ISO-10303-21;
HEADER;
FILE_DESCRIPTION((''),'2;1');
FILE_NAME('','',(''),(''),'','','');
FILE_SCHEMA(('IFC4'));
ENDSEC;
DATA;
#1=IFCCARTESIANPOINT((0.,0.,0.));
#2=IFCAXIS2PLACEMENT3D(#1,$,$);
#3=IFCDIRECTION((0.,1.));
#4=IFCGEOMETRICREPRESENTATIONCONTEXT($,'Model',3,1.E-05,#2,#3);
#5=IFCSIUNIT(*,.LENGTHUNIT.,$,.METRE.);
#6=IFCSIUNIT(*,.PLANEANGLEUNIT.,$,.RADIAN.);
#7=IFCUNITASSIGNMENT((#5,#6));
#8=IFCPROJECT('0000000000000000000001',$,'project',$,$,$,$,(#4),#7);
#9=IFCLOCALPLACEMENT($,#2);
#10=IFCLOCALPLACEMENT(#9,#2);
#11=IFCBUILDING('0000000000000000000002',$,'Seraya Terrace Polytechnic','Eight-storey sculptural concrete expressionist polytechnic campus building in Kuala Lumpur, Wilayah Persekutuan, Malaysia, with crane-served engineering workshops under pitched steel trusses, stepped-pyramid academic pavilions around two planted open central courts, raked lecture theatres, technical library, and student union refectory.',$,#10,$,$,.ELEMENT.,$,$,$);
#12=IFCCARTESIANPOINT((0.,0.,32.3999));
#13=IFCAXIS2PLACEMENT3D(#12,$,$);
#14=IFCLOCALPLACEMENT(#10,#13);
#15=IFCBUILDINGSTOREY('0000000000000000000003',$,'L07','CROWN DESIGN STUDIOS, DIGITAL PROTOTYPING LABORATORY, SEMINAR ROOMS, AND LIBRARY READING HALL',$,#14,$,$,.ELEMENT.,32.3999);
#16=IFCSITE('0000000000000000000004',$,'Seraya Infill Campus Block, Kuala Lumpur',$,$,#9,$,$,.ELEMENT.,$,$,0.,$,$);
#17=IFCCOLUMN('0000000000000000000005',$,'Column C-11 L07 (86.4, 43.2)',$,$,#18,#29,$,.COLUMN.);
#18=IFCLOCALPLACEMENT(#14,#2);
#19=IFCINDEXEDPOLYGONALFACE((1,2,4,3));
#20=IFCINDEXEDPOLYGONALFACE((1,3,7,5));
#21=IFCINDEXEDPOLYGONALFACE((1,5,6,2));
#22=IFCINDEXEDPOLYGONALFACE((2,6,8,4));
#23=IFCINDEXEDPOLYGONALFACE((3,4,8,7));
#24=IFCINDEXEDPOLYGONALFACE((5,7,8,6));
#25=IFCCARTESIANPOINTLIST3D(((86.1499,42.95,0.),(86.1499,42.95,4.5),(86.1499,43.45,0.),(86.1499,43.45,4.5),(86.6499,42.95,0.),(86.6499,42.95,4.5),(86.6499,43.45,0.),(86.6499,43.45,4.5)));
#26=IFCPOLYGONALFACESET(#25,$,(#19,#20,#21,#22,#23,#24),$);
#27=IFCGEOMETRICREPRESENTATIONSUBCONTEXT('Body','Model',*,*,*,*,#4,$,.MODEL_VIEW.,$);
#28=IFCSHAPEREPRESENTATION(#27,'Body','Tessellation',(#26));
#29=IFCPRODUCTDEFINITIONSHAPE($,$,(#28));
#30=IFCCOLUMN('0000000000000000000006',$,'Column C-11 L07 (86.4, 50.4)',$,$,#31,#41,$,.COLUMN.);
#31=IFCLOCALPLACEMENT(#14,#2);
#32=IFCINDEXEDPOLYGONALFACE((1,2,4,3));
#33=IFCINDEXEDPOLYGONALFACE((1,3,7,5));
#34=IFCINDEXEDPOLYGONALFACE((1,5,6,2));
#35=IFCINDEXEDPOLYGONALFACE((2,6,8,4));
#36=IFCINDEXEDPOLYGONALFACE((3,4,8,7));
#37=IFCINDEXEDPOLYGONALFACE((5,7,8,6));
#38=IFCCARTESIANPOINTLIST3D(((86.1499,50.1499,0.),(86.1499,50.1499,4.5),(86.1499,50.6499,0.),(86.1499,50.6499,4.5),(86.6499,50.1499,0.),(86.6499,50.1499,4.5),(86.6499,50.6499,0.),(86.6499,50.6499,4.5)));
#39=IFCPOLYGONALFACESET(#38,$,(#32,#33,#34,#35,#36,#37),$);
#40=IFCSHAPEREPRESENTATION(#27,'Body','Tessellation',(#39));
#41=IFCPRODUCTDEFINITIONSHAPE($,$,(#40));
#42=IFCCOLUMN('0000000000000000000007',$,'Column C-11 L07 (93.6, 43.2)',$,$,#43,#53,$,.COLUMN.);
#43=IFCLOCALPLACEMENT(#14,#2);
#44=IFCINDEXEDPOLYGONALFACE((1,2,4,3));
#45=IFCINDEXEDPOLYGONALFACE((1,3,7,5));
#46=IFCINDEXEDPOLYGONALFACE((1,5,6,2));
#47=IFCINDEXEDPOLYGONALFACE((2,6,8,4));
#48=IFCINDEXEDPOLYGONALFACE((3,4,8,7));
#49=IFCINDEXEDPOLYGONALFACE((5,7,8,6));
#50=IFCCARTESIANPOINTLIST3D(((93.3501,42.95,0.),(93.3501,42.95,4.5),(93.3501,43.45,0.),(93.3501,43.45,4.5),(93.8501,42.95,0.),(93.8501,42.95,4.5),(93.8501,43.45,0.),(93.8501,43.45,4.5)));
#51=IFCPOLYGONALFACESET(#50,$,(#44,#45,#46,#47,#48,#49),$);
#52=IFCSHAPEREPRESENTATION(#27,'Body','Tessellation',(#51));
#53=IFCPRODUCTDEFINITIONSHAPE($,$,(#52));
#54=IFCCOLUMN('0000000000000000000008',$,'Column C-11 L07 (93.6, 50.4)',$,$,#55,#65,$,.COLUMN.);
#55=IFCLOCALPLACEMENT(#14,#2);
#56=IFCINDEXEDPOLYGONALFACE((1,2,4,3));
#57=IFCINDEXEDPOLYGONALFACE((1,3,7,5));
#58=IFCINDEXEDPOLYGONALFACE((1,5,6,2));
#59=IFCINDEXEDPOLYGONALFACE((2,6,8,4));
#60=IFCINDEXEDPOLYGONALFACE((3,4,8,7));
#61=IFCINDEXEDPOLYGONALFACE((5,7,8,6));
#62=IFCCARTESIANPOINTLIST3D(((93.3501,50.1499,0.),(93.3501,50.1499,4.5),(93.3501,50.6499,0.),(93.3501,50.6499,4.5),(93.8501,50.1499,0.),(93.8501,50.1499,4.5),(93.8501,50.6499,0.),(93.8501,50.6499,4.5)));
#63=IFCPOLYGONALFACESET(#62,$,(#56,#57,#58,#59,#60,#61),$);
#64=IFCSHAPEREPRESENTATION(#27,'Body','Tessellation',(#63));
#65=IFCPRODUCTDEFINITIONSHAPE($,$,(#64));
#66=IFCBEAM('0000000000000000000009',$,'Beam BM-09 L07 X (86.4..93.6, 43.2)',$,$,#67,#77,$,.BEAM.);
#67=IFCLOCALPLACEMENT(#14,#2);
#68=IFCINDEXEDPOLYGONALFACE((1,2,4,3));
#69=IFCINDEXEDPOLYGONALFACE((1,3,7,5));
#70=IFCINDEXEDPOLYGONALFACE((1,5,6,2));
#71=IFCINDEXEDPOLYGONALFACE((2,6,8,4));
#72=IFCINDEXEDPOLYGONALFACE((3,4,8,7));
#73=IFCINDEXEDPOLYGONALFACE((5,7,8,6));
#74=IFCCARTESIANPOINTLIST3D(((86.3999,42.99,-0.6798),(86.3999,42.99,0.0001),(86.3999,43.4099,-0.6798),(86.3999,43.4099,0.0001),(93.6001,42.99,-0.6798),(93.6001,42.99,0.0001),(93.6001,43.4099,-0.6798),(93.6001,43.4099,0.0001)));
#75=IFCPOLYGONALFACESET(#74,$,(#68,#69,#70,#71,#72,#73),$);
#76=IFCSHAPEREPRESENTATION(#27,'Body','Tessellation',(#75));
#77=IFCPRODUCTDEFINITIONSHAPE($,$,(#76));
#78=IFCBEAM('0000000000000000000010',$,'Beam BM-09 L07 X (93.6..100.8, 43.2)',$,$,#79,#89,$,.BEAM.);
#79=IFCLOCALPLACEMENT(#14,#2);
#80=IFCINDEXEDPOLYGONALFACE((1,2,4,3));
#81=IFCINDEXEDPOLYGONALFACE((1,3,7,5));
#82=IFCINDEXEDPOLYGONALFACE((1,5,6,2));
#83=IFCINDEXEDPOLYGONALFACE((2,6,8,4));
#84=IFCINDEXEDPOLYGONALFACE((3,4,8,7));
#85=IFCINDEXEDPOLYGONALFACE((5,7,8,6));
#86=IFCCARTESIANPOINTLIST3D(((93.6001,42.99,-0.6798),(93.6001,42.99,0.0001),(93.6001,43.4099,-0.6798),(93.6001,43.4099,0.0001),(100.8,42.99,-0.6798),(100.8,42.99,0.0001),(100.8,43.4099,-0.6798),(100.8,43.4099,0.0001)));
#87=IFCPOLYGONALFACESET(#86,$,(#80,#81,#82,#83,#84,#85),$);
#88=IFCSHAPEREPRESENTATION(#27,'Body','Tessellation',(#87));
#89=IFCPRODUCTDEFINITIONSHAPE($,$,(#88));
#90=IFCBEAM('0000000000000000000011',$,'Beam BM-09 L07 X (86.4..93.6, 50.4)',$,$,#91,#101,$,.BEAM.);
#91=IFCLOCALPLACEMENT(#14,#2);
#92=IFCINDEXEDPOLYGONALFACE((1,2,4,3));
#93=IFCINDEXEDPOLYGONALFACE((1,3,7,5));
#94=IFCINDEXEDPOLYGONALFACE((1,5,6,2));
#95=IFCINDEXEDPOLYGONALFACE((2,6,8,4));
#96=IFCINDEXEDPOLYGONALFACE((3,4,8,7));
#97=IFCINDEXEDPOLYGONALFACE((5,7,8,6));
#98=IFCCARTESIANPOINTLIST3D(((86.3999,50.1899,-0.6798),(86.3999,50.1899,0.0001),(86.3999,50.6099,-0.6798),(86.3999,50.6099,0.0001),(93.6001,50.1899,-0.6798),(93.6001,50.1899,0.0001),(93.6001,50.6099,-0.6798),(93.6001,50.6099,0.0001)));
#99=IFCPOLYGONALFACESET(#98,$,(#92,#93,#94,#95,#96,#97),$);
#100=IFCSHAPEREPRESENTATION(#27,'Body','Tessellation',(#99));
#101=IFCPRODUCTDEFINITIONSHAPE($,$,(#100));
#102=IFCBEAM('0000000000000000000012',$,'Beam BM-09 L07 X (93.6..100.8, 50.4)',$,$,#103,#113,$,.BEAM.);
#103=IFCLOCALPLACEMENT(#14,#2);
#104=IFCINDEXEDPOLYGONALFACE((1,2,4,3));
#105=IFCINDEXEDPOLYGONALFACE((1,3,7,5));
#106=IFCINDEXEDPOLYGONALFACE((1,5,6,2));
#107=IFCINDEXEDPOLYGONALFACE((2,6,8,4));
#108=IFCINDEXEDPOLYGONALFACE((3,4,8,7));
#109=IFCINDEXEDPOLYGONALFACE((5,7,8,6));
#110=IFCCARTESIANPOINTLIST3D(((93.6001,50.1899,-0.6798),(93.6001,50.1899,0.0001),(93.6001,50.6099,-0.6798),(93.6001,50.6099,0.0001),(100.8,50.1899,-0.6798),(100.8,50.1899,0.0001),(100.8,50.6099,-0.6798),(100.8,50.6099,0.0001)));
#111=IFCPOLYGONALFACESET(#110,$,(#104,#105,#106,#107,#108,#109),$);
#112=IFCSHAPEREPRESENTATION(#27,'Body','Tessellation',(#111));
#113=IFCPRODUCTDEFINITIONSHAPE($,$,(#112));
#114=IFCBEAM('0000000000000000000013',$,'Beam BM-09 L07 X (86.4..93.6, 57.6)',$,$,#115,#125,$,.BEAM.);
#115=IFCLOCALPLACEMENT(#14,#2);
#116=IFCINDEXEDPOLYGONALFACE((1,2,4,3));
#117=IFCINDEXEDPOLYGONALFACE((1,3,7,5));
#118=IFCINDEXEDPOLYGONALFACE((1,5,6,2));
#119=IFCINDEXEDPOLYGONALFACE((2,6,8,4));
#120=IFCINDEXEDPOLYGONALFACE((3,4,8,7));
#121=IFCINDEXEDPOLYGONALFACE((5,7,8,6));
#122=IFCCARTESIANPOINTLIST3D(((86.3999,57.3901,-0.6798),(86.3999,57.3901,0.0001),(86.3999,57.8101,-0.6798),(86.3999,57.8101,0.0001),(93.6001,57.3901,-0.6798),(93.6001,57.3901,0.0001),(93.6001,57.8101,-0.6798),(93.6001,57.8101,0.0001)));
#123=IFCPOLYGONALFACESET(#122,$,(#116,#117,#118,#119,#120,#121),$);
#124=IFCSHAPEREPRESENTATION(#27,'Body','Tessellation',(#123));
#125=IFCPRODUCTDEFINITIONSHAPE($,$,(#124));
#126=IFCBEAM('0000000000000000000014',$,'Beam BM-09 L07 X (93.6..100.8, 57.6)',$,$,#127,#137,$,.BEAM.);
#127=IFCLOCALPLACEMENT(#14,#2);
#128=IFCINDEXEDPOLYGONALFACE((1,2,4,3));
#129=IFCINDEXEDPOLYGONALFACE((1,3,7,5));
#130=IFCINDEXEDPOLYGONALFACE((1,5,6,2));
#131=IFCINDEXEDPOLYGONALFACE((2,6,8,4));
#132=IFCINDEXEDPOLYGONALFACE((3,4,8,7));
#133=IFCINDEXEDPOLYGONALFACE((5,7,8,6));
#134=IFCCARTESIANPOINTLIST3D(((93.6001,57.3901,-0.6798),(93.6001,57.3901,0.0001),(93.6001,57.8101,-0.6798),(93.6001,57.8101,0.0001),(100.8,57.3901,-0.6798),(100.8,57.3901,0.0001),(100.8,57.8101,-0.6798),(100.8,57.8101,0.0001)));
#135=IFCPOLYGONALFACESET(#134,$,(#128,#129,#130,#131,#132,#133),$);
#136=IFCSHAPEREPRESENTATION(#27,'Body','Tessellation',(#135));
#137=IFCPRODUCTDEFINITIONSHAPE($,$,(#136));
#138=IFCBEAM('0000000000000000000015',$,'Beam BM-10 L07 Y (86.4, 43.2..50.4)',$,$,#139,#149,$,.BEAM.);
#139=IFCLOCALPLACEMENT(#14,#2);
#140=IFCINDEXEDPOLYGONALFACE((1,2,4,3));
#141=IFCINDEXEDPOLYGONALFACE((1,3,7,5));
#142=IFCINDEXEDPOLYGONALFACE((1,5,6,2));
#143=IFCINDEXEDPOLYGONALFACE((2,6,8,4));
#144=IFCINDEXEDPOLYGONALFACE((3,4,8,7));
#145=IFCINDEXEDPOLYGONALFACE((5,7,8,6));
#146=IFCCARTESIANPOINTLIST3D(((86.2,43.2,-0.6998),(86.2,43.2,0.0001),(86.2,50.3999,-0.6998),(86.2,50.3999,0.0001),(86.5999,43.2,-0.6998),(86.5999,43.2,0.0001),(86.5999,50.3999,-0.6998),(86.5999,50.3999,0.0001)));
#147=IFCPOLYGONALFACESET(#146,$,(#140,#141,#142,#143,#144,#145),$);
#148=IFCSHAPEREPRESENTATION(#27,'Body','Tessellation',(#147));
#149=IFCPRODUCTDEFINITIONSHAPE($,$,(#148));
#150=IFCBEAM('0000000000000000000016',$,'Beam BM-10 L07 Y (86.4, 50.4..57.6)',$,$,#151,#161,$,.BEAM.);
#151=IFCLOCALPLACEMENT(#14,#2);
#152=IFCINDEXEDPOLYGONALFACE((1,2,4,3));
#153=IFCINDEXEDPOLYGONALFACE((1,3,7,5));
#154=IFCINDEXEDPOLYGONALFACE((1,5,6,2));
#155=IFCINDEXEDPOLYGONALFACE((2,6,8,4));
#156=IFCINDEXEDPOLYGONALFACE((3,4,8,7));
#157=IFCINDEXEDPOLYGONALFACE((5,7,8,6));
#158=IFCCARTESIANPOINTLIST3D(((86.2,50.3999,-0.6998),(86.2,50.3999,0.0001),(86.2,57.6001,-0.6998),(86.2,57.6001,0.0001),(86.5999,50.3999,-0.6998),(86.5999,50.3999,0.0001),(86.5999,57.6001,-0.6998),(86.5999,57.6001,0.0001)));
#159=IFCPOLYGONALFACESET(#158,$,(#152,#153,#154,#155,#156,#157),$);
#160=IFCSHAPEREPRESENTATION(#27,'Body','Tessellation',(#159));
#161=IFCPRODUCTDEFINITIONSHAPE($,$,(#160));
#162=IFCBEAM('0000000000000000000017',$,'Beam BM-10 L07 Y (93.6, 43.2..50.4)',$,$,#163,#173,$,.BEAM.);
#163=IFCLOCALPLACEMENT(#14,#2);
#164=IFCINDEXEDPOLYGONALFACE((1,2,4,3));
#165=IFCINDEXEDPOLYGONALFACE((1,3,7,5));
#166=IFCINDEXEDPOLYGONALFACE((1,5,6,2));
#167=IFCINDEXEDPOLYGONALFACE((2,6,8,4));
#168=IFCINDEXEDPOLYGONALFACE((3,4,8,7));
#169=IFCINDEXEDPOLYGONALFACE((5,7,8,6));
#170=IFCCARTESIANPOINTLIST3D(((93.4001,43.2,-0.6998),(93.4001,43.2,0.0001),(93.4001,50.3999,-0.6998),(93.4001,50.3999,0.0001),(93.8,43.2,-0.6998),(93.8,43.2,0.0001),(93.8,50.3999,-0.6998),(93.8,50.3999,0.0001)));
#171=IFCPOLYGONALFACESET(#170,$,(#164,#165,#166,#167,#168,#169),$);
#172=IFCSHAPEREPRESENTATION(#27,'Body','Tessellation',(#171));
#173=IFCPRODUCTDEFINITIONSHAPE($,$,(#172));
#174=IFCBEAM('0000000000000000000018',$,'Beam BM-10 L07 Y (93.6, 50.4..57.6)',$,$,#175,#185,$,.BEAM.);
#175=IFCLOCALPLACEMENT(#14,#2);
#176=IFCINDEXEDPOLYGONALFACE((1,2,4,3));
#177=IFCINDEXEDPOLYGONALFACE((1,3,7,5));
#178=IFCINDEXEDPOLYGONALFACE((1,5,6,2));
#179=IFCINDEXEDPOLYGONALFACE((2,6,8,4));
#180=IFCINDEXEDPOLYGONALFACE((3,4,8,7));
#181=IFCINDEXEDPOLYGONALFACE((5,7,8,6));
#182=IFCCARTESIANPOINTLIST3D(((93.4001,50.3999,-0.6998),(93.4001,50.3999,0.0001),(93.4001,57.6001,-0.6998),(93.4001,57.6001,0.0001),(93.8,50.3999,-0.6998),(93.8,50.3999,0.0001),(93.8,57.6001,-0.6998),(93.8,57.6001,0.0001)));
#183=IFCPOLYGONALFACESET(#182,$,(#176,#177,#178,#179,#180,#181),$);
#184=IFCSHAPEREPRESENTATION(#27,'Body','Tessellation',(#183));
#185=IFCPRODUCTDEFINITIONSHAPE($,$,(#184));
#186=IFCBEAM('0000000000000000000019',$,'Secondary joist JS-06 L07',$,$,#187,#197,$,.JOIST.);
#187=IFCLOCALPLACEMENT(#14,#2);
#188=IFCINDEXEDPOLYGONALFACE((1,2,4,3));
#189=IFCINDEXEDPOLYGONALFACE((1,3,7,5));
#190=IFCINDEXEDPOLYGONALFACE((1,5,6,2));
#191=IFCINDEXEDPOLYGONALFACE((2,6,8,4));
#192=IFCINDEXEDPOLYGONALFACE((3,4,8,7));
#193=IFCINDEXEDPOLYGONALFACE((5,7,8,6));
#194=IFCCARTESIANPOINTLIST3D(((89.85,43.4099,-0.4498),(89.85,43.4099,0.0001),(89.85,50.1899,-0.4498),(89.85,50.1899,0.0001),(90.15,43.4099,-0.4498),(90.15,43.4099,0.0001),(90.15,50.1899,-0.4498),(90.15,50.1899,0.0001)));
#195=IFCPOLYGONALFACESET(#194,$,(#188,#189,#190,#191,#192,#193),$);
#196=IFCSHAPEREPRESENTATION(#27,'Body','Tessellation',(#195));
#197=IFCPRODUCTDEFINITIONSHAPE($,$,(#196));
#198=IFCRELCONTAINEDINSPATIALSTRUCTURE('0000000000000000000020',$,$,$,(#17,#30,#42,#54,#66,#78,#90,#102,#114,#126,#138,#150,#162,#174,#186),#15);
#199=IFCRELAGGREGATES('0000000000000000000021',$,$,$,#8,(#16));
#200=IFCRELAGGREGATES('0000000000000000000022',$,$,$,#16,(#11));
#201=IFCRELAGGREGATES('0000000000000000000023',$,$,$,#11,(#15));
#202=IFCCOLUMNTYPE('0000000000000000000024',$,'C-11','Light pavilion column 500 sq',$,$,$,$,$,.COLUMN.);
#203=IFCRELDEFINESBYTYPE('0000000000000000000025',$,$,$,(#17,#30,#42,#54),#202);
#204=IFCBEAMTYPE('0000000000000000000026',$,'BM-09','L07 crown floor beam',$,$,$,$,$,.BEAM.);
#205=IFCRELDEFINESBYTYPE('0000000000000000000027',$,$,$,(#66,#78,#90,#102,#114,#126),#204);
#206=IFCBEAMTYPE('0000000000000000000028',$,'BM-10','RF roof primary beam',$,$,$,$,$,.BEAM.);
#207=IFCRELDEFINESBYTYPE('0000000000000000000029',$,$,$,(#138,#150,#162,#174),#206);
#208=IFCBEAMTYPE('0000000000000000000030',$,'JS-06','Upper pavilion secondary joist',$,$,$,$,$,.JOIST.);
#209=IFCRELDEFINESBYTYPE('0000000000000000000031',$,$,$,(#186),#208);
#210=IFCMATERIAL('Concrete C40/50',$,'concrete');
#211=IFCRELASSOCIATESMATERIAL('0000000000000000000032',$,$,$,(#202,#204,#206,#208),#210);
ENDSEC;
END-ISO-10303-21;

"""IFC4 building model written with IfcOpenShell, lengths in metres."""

from ifc_helpers import new_model, si_unit, direction, frame, origin, origin_2d, place, context, subcontext, project, spatial, rectangle, extrude, material, material_profile, profile_set, type_object, element, save


model = new_model("IFC4")

# Units and contexts
model_context = context("Model", 3, precision=1e-05, world=origin(), true_north=direction((0.0, 1.0)))
body_context = subcontext(model_context, "Body", "Model", "MODEL_VIEW")
ifc_project = project(units=[si_unit("LENGTHUNIT", "METRE"), si_unit("PLANEANGLEUNIT", "RADIAN")], contexts=[model_context])

# Site, building, storey
site_placement = place(None, origin())
site = spatial("IfcSite", under=ifc_project, at=site_placement, Name="Seraya Infill Campus Block, Kuala Lumpur", CompositionType="ELEMENT", RefElevation=0.0)
building_placement = place(site_placement, origin())
building = spatial("IfcBuilding", under=site, at=building_placement, Name="Seraya Terrace Polytechnic", Description="Eight-storey sculptural concrete expressionist polytechnic campus building in Kuala Lumpur, Wilayah Persekutuan, Malaysia, with crane-served engineering workshops under pitched steel trusses, stepped-pyramid academic pavilions around two planted open central courts, raked lecture theatres, technical library, and student union refectory.", CompositionType="ELEMENT")
storey_placement = place(building_placement, frame((0.0, 0.0, 32.3999)))
storey = spatial("IfcBuildingStorey", under=building, at=storey_placement, Name="L07", Description="CROWN DESIGN STUDIOS, DIGITAL PROTOTYPING LABORATORY, SEMINAR ROOMS, AND LIBRARY READING HALL", CompositionType="ELEMENT", Elevation=32.3999)

# Columns
ifc_material_1 = material(Name="Concrete C40/50", Category="concrete")
ifc_material_profile_1 = material_profile(ifc_material_1, rectangle(XDim=0.5, YDim=0.5, at=origin_2d()), Name="RC 500x500")
ifc_profile_set_1 = profile_set([ifc_material_profile_1], Name="Concrete C40/50")
column_type = type_object("IfcColumnType", Name="C-11", Description="Light pavilion column 500 sq", PredefinedType="COLUMN", material=ifc_profile_set_1)
for number, where, z_axis, x_axis, name in (
    (1, (86.3999, 43.2, 0.0), (0.0, 0.0, 1.0), (1.0, 0.0, 0.0), "Column C-11 L07 (86.4, 43.2)"),
    (2, (86.3999, 50.3999, 0.0), (0.0, 0.0, 1.0), (1.0, 0.0, 0.0), "Column C-11 L07 (86.4, 50.4)"),
    (3, (93.6001, 43.2, 0.0), (0.0, 0.0, 1.0), (1.0, 0.0, 0.0), "Column C-11 L07 (93.6, 43.2)"),
    (4, (93.6001, 50.3999, 0.0), (0.0, 0.0, 1.0), (1.0, 0.0, 0.0), "Column C-11 L07 (93.6, 50.4)"),
):
    element("IfcColumn", number, at=place(storey_placement, frame(where, z_axis=z_axis, x_axis=x_axis)), inside=storey, type_object=column_type, Name=name, PredefinedType="COLUMN", context=body_context, shape_type="SweptSolid", body=[
        extrude(rectangle(XDim=0.5, YDim=0.5, at=origin_2d()), origin(), (0.0, 0.0, 1.0), 4.5),
    ])

# Beams
ifc_material_profile_2 = material_profile(ifc_material_1, rectangle(XDim=0.4199, YDim=0.6799, at=origin_2d()), Name="RC 420x680")
ifc_profile_set_2 = profile_set([ifc_material_profile_2], Name="Concrete C40/50")
beam_type_1 = type_object("IfcBeamType", Name="BM-09", Description="L07 crown floor beam", PredefinedType="BEAM", material=ifc_profile_set_2)
beam_1_placement = place(storey_placement, frame((86.3999, 43.2, -0.3398), z_axis=(1.0, 0.0, 0.0), x_axis=(0.0, 1.0, 0.0)))
element("IfcBeam", 5, at=beam_1_placement, inside=storey, type_object=beam_type_1, Name="Beam BM-09 L07 X (86.4..93.6, 43.2)", PredefinedType="BEAM", context=body_context, shape_type="SweptSolid", body=[
    extrude(rectangle(XDim=0.4199, YDim=0.6799, at=origin_2d()), origin(), (0.0, 0.0, 1.0), 7.2002),
])
beam_2_placement = place(storey_placement, frame((93.6001, 43.2, -0.3398), z_axis=(1.0, 0.0, 0.0), x_axis=(0.0, 1.0, 0.0)))
element("IfcBeam", 6, at=beam_2_placement, inside=storey, type_object=beam_type_1, Name="Beam BM-09 L07 X (93.6..100.8, 43.2)", PredefinedType="BEAM", context=body_context, shape_type="SweptSolid", body=[
    extrude(rectangle(XDim=0.4199, YDim=0.6799, at=origin_2d()), origin(), (0.0, 0.0, 1.0), 7.2),
])
beam_3_placement = place(storey_placement, frame((86.3999, 50.3999, -0.3398), z_axis=(1.0, 0.0, 0.0), x_axis=(0.0, 1.0, 0.0)))
element("IfcBeam", 7, at=beam_3_placement, inside=storey, type_object=beam_type_1, Name="Beam BM-09 L07 X (86.4..93.6, 50.4)", PredefinedType="BEAM", context=body_context, shape_type="SweptSolid", body=[
    extrude(rectangle(XDim=0.4199, YDim=0.6799, at=origin_2d()), origin(), (0.0, 0.0, 1.0), 7.2002),
])
beam_4_placement = place(storey_placement, frame((93.6001, 50.3999, -0.3398), z_axis=(1.0, 0.0, 0.0), x_axis=(0.0, 1.0, 0.0)))
element("IfcBeam", 8, at=beam_4_placement, inside=storey, type_object=beam_type_1, Name="Beam BM-09 L07 X (93.6..100.8, 50.4)", PredefinedType="BEAM", context=body_context, shape_type="SweptSolid", body=[
    extrude(rectangle(XDim=0.4199, YDim=0.6799, at=origin_2d()), origin(), (0.0, 0.0, 1.0), 7.2),
])
beam_5_placement = place(storey_placement, frame((86.3999, 57.6001, -0.3398), z_axis=(1.0, 0.0, 0.0), x_axis=(0.0, 1.0, 0.0)))
element("IfcBeam", 9, at=beam_5_placement, inside=storey, type_object=beam_type_1, Name="Beam BM-09 L07 X (86.4..93.6, 57.6)", PredefinedType="BEAM", context=body_context, shape_type="SweptSolid", body=[
    extrude(rectangle(XDim=0.4199, YDim=0.6799, at=origin_2d()), origin(), (0.0, 0.0, 1.0), 7.2002),
])
beam_6_placement = place(storey_placement, frame((93.6001, 57.6001, -0.3398), z_axis=(1.0, 0.0, 0.0), x_axis=(0.0, 1.0, 0.0)))
element("IfcBeam", 10, at=beam_6_placement, inside=storey, type_object=beam_type_1, Name="Beam BM-09 L07 X (93.6..100.8, 57.6)", PredefinedType="BEAM", context=body_context, shape_type="SweptSolid", body=[
    extrude(rectangle(XDim=0.4199, YDim=0.6799, at=origin_2d()), origin(), (0.0, 0.0, 1.0), 7.2),
])
ifc_material_profile_3 = material_profile(ifc_material_1, rectangle(XDim=0.3999, YDim=0.7, at=origin_2d()), Name="RC 400x700")
ifc_profile_set_3 = profile_set([ifc_material_profile_3], Name="Concrete C40/50")
beam_type_2 = type_object("IfcBeamType", Name="BM-10", Description="RF roof primary beam", PredefinedType="BEAM", material=ifc_profile_set_3)
beam_7_placement = place(storey_placement, frame((86.3999, 43.2, -0.3499), z_axis=(0.0, 1.0, 0.0), x_axis=(-1.0, 0.0, 0.0)))
element("IfcBeam", 11, at=beam_7_placement, inside=storey, type_object=beam_type_2, Name="Beam BM-10 L07 Y (86.4, 43.2..50.4)", PredefinedType="BEAM", context=body_context, shape_type="SweptSolid", body=[
    extrude(rectangle(XDim=0.3999, YDim=0.7, at=origin_2d()), origin(), (0.0, 0.0, 1.0), 7.2),
])
beam_8_placement = place(storey_placement, frame((86.3999, 50.3999, -0.3499), z_axis=(0.0, 1.0, 0.0), x_axis=(-1.0, 0.0, 0.0)))
element("IfcBeam", 12, at=beam_8_placement, inside=storey, type_object=beam_type_2, Name="Beam BM-10 L07 Y (86.4, 50.4..57.6)", PredefinedType="BEAM", context=body_context, shape_type="SweptSolid", body=[
    extrude(rectangle(XDim=0.3999, YDim=0.7, at=origin_2d()), origin(), (0.0, 0.0, 1.0), 7.2002),
])
beam_9_placement = place(storey_placement, frame((93.6001, 43.2, -0.3499), z_axis=(0.0, 1.0, 0.0), x_axis=(-1.0, 0.0, 0.0)))
element("IfcBeam", 13, at=beam_9_placement, inside=storey, type_object=beam_type_2, Name="Beam BM-10 L07 Y (93.6, 43.2..50.4)", PredefinedType="BEAM", context=body_context, shape_type="SweptSolid", body=[
    extrude(rectangle(XDim=0.3999, YDim=0.7, at=origin_2d()), origin(), (0.0, 0.0, 1.0), 7.2),
])
beam_10_placement = place(storey_placement, frame((93.6001, 50.3999, -0.3499), z_axis=(0.0, 1.0, 0.0), x_axis=(-1.0, 0.0, 0.0)))
element("IfcBeam", 14, at=beam_10_placement, inside=storey, type_object=beam_type_2, Name="Beam BM-10 L07 Y (93.6, 50.4..57.6)", PredefinedType="BEAM", context=body_context, shape_type="SweptSolid", body=[
    extrude(rectangle(XDim=0.3999, YDim=0.7, at=origin_2d()), origin(), (0.0, 0.0, 1.0), 7.2002),
])
ifc_material_profile_4 = material_profile(ifc_material_1, rectangle(XDim=0.3, YDim=0.45, at=origin_2d()), Name="RC 300x450")
ifc_profile_set_4 = profile_set([ifc_material_profile_4], Name="Concrete C40/50")
beam_type_3 = type_object("IfcBeamType", Name="JS-06", Description="Upper pavilion secondary joist", PredefinedType="JOIST", material=ifc_profile_set_4)
beam_11_placement = place(storey_placement, frame((90.0, 43.4099, -0.2249), z_axis=(0.0, 1.0, 0.0), x_axis=(-1.0, 0.0, 0.0)))
element("IfcBeam", 15, at=beam_11_placement, inside=storey, type_object=beam_type_3, Name="Secondary joist JS-06 L07", PredefinedType="JOIST", context=body_context, shape_type="SweptSolid", body=[
    extrude(rectangle(XDim=0.3, YDim=0.45, at=origin_2d()), origin(), (0.0, 0.0, 1.0), 6.78),
])

save(model, "model.ifc")
